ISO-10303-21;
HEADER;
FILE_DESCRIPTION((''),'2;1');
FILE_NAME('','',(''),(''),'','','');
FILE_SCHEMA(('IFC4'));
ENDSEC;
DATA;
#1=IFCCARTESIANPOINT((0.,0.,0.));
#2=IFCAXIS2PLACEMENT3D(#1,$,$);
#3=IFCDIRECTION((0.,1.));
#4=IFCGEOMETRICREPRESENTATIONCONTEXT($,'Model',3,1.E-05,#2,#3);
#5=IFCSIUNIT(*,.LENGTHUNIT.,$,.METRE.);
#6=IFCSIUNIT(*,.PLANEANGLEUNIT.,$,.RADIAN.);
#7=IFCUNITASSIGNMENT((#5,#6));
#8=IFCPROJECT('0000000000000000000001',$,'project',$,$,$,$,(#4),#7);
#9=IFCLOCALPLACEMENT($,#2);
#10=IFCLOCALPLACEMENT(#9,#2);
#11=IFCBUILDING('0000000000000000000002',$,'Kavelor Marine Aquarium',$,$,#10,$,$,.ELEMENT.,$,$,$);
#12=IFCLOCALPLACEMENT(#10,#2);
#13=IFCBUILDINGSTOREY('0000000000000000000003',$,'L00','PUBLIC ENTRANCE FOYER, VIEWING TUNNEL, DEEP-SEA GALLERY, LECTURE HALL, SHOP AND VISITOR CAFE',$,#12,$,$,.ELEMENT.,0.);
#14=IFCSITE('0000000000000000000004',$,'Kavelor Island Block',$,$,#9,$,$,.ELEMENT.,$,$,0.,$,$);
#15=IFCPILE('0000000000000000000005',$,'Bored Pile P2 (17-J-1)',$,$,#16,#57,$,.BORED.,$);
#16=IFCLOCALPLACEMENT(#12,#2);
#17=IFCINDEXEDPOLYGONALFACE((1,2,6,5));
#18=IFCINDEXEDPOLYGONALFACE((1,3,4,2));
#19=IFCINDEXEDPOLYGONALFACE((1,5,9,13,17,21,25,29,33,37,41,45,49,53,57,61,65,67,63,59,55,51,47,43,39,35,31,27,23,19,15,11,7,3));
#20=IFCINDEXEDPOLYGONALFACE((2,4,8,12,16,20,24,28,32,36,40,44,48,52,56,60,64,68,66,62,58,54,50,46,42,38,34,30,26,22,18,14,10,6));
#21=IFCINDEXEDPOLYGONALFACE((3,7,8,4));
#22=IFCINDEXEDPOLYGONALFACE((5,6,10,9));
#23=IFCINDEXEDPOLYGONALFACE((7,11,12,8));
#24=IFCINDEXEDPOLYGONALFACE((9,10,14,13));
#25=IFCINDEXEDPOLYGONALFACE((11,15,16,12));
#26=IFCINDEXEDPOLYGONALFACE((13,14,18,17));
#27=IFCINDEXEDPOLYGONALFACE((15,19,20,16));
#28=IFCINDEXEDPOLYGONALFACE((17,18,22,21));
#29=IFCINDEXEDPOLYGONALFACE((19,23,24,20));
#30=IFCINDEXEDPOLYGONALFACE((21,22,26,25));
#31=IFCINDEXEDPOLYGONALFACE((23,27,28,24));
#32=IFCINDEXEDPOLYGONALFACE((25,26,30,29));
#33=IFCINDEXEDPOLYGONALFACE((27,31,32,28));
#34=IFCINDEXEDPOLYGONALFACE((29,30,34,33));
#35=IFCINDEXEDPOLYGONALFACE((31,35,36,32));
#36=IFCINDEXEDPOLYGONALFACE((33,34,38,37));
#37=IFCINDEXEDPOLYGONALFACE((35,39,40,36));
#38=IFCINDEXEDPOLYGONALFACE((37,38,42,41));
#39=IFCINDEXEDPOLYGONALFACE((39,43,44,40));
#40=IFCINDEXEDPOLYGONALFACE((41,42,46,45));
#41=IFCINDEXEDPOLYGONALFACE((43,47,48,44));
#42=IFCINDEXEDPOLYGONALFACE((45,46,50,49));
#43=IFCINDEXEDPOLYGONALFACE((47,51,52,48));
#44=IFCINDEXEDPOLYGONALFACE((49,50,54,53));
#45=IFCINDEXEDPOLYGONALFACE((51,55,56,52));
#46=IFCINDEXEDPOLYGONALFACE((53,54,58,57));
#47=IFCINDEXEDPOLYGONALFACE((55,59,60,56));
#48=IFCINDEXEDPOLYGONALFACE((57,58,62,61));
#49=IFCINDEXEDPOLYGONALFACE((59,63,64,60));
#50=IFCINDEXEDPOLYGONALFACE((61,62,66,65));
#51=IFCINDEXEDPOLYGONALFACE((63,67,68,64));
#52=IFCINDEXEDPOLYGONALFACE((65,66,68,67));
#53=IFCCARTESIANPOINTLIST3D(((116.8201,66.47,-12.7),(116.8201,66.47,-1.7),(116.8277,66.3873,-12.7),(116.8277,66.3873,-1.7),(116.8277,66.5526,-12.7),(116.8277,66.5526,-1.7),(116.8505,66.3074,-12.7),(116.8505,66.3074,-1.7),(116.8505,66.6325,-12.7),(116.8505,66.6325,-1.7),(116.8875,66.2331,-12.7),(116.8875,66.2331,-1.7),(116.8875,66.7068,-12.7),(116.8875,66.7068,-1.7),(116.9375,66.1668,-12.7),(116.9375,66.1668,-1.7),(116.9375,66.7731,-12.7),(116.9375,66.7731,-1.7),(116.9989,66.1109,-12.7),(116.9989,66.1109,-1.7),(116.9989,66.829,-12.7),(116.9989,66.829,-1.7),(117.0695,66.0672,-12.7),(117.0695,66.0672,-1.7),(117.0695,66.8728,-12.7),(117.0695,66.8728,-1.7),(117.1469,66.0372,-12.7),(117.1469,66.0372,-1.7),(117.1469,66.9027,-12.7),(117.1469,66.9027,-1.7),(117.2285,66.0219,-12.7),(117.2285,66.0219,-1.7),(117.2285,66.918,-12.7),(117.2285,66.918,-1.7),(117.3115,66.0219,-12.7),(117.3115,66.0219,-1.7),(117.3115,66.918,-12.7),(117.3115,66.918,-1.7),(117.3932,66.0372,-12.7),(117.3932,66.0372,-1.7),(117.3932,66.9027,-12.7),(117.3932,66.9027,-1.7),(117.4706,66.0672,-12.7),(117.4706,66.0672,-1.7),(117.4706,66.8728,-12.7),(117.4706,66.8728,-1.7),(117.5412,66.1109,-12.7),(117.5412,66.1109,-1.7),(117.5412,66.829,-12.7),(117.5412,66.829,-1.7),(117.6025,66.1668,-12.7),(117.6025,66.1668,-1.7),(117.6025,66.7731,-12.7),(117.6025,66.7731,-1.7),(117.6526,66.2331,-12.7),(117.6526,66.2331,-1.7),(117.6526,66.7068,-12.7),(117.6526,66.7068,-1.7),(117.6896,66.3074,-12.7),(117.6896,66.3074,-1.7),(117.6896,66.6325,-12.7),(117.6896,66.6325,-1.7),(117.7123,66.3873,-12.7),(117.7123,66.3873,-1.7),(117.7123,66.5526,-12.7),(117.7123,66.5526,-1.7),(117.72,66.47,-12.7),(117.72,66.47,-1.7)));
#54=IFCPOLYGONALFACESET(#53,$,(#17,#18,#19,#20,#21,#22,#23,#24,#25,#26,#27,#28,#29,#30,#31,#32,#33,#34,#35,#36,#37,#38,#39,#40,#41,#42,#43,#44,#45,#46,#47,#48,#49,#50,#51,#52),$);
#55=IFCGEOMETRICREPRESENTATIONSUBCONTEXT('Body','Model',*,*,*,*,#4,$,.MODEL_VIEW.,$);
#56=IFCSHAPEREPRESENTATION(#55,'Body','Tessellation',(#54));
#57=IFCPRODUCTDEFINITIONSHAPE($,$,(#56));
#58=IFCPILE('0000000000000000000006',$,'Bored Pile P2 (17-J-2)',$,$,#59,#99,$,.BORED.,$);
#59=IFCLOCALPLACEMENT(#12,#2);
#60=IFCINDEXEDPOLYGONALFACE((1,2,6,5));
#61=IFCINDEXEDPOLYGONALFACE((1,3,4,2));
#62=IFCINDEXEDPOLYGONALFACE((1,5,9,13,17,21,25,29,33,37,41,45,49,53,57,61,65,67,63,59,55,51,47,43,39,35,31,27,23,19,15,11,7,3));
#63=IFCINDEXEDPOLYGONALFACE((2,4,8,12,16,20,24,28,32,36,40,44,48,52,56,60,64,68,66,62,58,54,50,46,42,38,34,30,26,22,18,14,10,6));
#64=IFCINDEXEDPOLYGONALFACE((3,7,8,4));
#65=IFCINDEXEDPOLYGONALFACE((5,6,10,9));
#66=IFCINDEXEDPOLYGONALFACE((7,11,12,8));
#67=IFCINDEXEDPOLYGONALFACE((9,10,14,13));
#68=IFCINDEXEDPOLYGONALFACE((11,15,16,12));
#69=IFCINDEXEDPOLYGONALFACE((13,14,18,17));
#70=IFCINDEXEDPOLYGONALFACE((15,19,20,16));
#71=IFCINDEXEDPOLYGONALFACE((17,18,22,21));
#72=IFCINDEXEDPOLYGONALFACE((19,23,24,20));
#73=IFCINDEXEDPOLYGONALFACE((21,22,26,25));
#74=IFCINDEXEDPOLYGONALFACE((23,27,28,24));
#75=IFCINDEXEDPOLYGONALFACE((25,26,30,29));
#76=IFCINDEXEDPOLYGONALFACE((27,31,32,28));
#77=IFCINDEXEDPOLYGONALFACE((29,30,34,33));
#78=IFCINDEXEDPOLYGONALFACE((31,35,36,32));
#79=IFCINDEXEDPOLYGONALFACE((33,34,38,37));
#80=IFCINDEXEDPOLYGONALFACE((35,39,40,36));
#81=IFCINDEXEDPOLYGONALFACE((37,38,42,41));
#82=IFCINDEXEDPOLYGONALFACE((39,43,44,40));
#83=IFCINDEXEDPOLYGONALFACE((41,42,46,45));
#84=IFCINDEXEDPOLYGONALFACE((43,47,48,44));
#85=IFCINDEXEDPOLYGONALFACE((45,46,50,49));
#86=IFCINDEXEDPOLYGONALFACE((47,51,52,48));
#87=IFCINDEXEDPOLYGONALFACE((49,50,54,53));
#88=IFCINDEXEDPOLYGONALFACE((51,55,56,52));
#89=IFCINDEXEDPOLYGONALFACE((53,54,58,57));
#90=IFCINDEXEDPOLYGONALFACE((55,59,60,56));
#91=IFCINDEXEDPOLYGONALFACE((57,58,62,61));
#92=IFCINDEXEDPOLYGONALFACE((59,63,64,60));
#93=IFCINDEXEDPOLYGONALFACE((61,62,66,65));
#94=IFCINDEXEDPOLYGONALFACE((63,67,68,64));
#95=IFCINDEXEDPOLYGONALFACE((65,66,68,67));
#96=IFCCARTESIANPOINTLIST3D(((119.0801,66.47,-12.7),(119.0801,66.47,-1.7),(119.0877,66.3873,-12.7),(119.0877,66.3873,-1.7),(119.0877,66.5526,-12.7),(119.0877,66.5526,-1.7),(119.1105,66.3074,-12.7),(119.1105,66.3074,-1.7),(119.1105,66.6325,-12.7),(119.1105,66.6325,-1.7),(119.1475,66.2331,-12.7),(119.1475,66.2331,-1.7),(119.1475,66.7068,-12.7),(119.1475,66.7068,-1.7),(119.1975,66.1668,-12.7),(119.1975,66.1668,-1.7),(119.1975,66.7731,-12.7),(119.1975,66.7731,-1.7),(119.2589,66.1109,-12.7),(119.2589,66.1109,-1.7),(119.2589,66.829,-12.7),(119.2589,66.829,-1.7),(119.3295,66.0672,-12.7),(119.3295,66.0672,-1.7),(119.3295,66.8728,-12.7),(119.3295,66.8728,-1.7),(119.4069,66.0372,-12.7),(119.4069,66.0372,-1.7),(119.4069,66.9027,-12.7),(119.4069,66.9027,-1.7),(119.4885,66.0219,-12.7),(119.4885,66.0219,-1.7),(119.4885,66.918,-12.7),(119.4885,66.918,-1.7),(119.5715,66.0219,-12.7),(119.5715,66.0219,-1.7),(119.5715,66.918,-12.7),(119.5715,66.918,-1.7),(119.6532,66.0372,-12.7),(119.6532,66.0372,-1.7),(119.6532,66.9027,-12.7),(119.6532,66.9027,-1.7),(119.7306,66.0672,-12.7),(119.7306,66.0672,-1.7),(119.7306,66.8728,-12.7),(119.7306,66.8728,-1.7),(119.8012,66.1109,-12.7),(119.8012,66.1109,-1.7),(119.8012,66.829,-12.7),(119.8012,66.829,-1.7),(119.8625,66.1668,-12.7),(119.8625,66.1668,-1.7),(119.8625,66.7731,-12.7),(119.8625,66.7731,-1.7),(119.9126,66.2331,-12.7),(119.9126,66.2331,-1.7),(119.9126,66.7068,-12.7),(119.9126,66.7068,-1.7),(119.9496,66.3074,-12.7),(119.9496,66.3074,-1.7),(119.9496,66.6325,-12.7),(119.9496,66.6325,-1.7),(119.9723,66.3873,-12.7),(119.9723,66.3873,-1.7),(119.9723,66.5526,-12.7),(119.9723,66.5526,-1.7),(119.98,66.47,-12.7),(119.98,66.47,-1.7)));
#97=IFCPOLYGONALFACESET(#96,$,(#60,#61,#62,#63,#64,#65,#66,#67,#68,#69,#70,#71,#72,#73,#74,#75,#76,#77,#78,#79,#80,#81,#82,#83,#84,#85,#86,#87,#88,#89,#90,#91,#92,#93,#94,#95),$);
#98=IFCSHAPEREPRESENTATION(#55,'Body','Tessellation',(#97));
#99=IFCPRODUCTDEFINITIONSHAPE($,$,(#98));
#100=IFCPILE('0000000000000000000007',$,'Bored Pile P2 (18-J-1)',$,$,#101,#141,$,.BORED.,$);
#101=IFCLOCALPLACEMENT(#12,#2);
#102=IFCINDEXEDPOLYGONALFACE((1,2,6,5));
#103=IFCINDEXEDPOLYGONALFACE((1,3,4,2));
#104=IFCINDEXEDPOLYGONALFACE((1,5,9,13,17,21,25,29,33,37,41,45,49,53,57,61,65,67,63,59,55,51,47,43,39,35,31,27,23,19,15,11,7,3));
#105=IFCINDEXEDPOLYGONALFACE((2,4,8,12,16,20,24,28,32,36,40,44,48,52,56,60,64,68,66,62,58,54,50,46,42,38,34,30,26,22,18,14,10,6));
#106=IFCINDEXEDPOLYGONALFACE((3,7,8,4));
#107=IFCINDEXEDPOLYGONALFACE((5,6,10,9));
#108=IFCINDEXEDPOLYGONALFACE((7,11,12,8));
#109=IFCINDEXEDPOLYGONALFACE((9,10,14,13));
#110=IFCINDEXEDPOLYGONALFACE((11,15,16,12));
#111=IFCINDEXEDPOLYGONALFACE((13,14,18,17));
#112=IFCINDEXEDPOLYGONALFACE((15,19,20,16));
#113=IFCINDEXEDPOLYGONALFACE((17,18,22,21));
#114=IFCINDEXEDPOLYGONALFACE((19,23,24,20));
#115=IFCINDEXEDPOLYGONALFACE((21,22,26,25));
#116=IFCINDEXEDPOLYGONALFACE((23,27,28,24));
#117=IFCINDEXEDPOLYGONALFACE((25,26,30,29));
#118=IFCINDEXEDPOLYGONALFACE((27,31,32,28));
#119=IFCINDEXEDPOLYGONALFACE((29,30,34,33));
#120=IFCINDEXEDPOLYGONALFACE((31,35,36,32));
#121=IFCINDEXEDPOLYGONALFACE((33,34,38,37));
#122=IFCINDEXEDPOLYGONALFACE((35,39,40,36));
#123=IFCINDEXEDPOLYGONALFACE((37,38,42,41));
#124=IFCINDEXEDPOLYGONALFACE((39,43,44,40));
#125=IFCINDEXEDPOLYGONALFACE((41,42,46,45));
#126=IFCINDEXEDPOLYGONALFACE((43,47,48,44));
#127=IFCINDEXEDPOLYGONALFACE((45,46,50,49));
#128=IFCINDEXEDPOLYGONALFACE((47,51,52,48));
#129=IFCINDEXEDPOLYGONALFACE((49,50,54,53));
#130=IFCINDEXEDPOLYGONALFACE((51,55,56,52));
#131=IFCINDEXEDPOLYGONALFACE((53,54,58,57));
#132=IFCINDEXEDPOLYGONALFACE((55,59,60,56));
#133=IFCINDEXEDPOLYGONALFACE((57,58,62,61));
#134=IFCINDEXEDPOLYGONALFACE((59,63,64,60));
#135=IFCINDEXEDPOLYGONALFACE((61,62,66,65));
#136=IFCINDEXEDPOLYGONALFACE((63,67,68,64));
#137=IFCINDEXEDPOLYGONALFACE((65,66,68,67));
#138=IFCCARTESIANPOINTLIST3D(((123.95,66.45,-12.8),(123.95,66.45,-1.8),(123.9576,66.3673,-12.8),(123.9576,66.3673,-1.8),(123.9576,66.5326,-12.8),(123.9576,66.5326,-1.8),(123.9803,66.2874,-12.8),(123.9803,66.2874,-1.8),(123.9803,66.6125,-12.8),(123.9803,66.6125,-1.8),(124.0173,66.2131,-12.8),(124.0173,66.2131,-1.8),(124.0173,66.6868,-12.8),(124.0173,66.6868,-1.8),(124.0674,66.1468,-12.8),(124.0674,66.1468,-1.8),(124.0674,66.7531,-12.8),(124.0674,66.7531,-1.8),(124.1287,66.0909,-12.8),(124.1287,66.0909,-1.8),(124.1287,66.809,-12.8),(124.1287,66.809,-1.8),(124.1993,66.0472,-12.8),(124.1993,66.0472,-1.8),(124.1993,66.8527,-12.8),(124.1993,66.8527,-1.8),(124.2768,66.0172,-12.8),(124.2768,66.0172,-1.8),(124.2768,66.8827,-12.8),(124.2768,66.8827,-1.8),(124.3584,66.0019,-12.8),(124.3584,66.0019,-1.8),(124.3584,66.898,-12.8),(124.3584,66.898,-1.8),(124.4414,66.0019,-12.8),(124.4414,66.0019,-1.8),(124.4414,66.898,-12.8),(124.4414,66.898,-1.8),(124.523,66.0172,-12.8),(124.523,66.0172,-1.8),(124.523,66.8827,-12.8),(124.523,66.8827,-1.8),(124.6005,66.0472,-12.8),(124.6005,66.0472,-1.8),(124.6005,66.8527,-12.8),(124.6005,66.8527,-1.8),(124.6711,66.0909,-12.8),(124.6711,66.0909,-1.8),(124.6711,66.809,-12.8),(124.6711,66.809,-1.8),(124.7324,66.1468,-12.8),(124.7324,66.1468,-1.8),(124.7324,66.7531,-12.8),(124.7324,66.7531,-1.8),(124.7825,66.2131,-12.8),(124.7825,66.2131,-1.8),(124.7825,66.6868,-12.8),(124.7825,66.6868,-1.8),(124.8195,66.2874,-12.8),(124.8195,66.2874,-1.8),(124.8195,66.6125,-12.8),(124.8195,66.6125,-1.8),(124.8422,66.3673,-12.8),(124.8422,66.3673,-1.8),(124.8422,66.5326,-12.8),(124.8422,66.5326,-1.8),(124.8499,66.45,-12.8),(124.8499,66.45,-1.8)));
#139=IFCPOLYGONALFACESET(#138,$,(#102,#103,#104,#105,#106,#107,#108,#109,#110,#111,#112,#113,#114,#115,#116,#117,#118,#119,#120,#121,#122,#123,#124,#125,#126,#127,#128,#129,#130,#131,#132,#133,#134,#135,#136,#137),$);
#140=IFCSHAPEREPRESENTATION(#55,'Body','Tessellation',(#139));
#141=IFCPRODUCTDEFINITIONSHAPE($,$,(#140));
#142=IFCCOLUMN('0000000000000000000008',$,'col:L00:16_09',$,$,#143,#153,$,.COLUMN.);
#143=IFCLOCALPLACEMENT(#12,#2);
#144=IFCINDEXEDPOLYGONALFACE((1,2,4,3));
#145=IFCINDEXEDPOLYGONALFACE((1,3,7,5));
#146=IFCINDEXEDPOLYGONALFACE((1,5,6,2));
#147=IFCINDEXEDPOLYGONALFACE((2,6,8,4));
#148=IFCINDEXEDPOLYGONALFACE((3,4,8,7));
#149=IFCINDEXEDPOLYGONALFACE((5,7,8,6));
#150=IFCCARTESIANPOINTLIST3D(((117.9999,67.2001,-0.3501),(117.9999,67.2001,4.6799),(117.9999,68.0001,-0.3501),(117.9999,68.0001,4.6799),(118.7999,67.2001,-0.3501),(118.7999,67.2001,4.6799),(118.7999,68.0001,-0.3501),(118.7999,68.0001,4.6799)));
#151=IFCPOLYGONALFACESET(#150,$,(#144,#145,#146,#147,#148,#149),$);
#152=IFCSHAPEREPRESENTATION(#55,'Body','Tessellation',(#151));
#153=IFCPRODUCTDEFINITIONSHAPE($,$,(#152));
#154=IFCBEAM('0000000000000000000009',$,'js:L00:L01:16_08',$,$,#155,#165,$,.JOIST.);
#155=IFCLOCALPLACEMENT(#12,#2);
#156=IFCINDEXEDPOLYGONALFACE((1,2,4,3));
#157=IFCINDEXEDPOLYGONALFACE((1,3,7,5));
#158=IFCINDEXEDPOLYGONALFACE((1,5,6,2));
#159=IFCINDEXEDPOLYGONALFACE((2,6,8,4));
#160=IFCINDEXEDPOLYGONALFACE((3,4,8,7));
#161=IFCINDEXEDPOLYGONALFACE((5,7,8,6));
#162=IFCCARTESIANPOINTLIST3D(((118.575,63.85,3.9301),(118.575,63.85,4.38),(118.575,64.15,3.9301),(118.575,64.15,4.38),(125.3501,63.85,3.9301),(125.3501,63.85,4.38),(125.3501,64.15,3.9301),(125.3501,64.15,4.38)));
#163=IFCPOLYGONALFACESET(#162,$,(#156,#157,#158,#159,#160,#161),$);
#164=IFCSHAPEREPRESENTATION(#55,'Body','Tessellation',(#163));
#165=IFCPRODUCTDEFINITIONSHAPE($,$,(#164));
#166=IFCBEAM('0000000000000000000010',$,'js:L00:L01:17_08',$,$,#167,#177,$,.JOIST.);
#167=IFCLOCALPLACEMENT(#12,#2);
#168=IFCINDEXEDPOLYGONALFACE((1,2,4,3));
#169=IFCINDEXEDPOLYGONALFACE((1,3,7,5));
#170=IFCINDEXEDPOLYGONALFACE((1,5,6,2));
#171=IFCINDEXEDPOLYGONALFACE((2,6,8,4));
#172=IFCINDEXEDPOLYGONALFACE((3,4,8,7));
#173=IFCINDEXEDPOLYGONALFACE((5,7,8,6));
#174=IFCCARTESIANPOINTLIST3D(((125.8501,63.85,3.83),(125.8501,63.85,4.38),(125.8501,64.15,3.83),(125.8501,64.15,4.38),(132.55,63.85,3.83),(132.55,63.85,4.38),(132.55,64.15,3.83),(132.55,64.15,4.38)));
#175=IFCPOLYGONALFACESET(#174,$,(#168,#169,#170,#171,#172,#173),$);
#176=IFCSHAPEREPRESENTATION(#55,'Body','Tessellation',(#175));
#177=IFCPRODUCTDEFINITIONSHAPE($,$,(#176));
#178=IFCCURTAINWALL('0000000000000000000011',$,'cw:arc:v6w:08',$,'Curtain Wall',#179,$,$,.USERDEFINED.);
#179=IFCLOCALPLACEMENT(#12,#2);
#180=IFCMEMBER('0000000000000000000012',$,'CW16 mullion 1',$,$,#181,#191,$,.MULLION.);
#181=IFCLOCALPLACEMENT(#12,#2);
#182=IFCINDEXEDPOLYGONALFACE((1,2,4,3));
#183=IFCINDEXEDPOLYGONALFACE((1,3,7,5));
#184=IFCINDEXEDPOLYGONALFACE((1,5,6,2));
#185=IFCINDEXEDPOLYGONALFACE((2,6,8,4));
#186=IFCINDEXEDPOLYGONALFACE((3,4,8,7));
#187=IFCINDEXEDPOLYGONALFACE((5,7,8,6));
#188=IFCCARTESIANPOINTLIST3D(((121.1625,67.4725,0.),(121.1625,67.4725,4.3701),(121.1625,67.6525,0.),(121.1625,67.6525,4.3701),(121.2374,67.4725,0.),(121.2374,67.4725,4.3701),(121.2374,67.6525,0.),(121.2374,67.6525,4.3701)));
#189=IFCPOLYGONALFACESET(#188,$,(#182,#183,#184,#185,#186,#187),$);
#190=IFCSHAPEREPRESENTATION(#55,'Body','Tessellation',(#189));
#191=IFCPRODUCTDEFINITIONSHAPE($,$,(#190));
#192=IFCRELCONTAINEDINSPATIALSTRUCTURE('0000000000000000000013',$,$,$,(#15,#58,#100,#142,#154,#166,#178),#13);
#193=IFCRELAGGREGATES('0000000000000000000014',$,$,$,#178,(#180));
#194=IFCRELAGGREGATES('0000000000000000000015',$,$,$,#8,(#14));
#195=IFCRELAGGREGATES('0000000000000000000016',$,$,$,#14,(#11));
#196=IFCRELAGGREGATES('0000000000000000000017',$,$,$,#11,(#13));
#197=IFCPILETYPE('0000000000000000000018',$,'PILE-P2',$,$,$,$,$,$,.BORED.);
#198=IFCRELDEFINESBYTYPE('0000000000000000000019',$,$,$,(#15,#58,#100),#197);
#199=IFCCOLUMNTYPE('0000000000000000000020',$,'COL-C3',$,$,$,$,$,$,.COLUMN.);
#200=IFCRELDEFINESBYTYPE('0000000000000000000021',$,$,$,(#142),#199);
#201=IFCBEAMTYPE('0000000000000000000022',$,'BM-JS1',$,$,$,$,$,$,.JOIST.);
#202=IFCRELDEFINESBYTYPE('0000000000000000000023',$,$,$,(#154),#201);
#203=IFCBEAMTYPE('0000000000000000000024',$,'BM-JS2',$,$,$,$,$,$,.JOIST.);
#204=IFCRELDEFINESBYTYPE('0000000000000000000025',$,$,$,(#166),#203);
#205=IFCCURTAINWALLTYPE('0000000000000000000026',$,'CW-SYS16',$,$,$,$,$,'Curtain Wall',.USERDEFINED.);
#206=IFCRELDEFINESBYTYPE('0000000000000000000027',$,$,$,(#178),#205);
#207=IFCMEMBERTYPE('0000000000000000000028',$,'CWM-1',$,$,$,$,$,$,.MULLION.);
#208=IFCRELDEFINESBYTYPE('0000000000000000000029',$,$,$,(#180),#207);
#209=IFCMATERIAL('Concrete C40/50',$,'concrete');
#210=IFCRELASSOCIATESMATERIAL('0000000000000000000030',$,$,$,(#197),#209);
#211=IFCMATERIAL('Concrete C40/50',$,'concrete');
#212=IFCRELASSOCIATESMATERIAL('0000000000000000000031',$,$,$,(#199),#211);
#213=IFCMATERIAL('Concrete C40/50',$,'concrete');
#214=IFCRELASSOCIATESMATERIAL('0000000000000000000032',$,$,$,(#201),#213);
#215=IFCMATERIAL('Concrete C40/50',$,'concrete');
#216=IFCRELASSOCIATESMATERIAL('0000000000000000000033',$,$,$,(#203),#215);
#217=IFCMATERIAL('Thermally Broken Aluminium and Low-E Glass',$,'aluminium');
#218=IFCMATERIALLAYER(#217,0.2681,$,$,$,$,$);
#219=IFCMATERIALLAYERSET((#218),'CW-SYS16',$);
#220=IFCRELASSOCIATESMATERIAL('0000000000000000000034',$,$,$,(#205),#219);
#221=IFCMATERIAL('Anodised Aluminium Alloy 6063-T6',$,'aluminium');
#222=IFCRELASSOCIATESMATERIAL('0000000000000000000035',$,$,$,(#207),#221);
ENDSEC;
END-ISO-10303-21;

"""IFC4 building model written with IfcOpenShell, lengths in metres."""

from ifc_helpers import new_model, si_unit, direction, frame, origin, origin_2d, place, context, subcontext, project, spatial, rectangle, circle, extrude, material, layer, layer_set, material_profile, profile_set, type_object, element, aggregate, save


model = new_model("IFC4")

# Units and contexts
model_context = context("Model", 3, precision=1e-05, world=origin(), true_north=direction((0.0, 1.0)))
body_context = subcontext(model_context, "Body", "Model", "MODEL_VIEW")
ifc_project = project(units=[si_unit("LENGTHUNIT", "METRE"), si_unit("PLANEANGLEUNIT", "RADIAN")], contexts=[model_context])

# Site, building, storey
site_placement = place(None, origin())
site = spatial("IfcSite", under=ifc_project, at=site_placement, Name="Kavelor Island Block", CompositionType="ELEMENT", RefElevation=0.0)
building_placement = place(site_placement, origin())
building = spatial("IfcBuilding", under=site, at=building_placement, Name="Kavelor Marine Aquarium", CompositionType="ELEMENT")
storey_placement = place(building_placement, origin())
storey = spatial("IfcBuildingStorey", under=building, at=storey_placement, Name="L00", Description="PUBLIC ENTRANCE FOYER, VIEWING TUNNEL, DEEP-SEA GALLERY, LECTURE HALL, SHOP AND VISITOR CAFE", CompositionType="ELEMENT", Elevation=0.0)

# Piles
ifc_material_1 = material(Name="Concrete C40/50", Category="concrete")
ifc_material_profile_1 = material_profile(ifc_material_1, circle(Radius=0.45, at=origin_2d()), Name="PILE D900")
ifc_profile_set_1 = profile_set([ifc_material_profile_1], Name="Concrete C40/50")
pile_type = type_object("IfcPileType", Name="PILE-P2", PredefinedType="BORED", material=ifc_profile_set_1)
for number, where, z_axis, x_axis, name in (
    (1, (117.27, 66.47, -1.7), (0.0, 0.0, -1.0), (1.0, 0.0, 0.0), "Bored Pile P2 (17-J-1)"),
    (2, (119.53, 66.47, -1.7), (0.0, 0.0, -1.0), (1.0, 0.0, 0.0), "Bored Pile P2 (17-J-2)"),
    (3, (124.3999, 66.45, -1.8), (0.0, 0.0, -1.0), (1.0, 0.0, 0.0), "Bored Pile P2 (18-J-1)"),
):
    element("IfcPile", number, at=place(storey_placement, frame(where, z_axis=z_axis, x_axis=x_axis)), inside=storey, type_object=pile_type, Name=name, PredefinedType="BORED", context=body_context, shape_type="SweptSolid", body=[
        extrude(circle(Radius=0.45, at=origin_2d()), origin(), (0.0, 0.0, 1.0), 11.0),
    ])

# Column
ifc_material_2 = material(Name="Concrete C40/50", Category="concrete")
ifc_material_profile_2 = material_profile(ifc_material_2, rectangle(XDim=0.8, YDim=0.8, at=origin_2d()), Name="RC-COL 800x800")
ifc_profile_set_2 = profile_set([ifc_material_profile_2], Name="Concrete C40/50")
column_type = type_object("IfcColumnType", Name="COL-C3", PredefinedType="COLUMN", material=ifc_profile_set_2)
column_placement = place(storey_placement, frame((118.3999, 67.6001, -0.3501), z_axis=(0.0, 0.0, 1.0), x_axis=(1.0, 0.0, 0.0)))
element("IfcColumn", 4, at=column_placement, inside=storey, type_object=column_type, Name="col:L00:16_09", PredefinedType="COLUMN", context=body_context, shape_type="SweptSolid", body=[
    extrude(rectangle(XDim=0.8, YDim=0.8, at=origin_2d()), origin(), (0.0, 0.0, 1.0), 5.03),
])

# Beams
ifc_material_3 = material(Name="Concrete C40/50", Category="concrete")
ifc_material_profile_3 = material_profile(ifc_material_3, rectangle(XDim=0.3, YDim=0.45, at=origin_2d()), Name="RC-JS 300x450")
ifc_profile_set_3 = profile_set([ifc_material_profile_3], Name="Concrete C40/50")
beam_type_1 = type_object("IfcBeamType", Name="BM-JS1", PredefinedType="JOIST", material=ifc_profile_set_3)
beam_1_placement = place(storey_placement, frame((118.575, 64.0, 4.155), z_axis=(1.0, 0.0, 0.0), x_axis=(0.0, 1.0, 0.0)))
element("IfcBeam", 5, at=beam_1_placement, inside=storey, type_object=beam_type_1, Name="js:L00:L01:16_08", PredefinedType="JOIST", context=body_context, shape_type="SweptSolid", body=[
    extrude(rectangle(XDim=0.3, YDim=0.45, at=origin_2d()), origin(), (0.0, 0.0, 1.0), 6.7751),
])
ifc_material_4 = material(Name="Concrete C40/50", Category="concrete")
ifc_material_profile_4 = material_profile(ifc_material_4, rectangle(XDim=0.3, YDim=0.55, at=origin_2d()), Name="RC-JS 300x550")
ifc_profile_set_4 = profile_set([ifc_material_profile_4], Name="Concrete C40/50")
beam_type_2 = type_object("IfcBeamType", Name="BM-JS2", PredefinedType="JOIST", material=ifc_profile_set_4)
beam_2_placement = place(storey_placement, frame((125.8501, 64.0, 4.105), z_axis=(1.0, 0.0, 0.0), x_axis=(0.0, 1.0, 0.0)))
element("IfcBeam", 6, at=beam_2_placement, inside=storey, type_object=beam_type_2, Name="js:L00:L01:17_08", PredefinedType="JOIST", context=body_context, shape_type="SweptSolid", body=[
    extrude(rectangle(XDim=0.3, YDim=0.55, at=origin_2d()), origin(), (0.0, 0.0, 1.0), 6.7),
])

# Curtain wall, member
ifc_material_5 = material(Name="Thermally Broken Aluminium and Low-E Glass", Category="aluminium")
ifc_layer_1 = layer(ifc_material_5, 0.2681)
ifc_layer_set_1 = layer_set([ifc_layer_1], Name="CW-SYS16")
curtain_wall_type = type_object("IfcCurtainWallType", Name="CW-SYS16", ElementType="Curtain Wall", PredefinedType="USERDEFINED", material=ifc_layer_set_1)
curtain_wall_placement = place(storey_placement, origin())
curtain_wall = element("IfcCurtainWall", 7, at=curtain_wall_placement, inside=storey, type_object=curtain_wall_type, Name="cw:arc:v6w:08", ObjectType="Curtain Wall", PredefinedType="USERDEFINED")
ifc_material_6 = material(Name="Anodised Aluminium Alloy 6063-T6", Category="aluminium")
ifc_material_profile_5 = material_profile(ifc_material_6, rectangle(XDim=0.075, YDim=0.1799, at=origin_2d()), Name="CW-MUL 75x180")
ifc_profile_set_5 = profile_set([ifc_material_profile_5], Name="Anodised Aluminium Alloy 6063-T6")
member_type_1 = type_object("IfcMemberType", Name="CWM-1", PredefinedType="MULLION", material=ifc_profile_set_5)
member_1_placement = place(storey_placement, frame((121.2, 67.5625, 0.0), z_axis=(0.0, 0.0, 1.0), x_axis=(1.0, 0.0, 0.0)))
member_1 = element("IfcMember", 8, at=member_1_placement, type_object=member_type_1, Name="CW16 mullion 1", PredefinedType="MULLION", context=body_context, shape_type="SweptSolid", body=[
    extrude(rectangle(XDim=0.075, YDim=0.1799, at=origin_2d()), origin(), (0.0, 0.0, 1.0), 4.3701),
])
aggregate(curtain_wall, [member_1])

save(model, "model.ifc")
